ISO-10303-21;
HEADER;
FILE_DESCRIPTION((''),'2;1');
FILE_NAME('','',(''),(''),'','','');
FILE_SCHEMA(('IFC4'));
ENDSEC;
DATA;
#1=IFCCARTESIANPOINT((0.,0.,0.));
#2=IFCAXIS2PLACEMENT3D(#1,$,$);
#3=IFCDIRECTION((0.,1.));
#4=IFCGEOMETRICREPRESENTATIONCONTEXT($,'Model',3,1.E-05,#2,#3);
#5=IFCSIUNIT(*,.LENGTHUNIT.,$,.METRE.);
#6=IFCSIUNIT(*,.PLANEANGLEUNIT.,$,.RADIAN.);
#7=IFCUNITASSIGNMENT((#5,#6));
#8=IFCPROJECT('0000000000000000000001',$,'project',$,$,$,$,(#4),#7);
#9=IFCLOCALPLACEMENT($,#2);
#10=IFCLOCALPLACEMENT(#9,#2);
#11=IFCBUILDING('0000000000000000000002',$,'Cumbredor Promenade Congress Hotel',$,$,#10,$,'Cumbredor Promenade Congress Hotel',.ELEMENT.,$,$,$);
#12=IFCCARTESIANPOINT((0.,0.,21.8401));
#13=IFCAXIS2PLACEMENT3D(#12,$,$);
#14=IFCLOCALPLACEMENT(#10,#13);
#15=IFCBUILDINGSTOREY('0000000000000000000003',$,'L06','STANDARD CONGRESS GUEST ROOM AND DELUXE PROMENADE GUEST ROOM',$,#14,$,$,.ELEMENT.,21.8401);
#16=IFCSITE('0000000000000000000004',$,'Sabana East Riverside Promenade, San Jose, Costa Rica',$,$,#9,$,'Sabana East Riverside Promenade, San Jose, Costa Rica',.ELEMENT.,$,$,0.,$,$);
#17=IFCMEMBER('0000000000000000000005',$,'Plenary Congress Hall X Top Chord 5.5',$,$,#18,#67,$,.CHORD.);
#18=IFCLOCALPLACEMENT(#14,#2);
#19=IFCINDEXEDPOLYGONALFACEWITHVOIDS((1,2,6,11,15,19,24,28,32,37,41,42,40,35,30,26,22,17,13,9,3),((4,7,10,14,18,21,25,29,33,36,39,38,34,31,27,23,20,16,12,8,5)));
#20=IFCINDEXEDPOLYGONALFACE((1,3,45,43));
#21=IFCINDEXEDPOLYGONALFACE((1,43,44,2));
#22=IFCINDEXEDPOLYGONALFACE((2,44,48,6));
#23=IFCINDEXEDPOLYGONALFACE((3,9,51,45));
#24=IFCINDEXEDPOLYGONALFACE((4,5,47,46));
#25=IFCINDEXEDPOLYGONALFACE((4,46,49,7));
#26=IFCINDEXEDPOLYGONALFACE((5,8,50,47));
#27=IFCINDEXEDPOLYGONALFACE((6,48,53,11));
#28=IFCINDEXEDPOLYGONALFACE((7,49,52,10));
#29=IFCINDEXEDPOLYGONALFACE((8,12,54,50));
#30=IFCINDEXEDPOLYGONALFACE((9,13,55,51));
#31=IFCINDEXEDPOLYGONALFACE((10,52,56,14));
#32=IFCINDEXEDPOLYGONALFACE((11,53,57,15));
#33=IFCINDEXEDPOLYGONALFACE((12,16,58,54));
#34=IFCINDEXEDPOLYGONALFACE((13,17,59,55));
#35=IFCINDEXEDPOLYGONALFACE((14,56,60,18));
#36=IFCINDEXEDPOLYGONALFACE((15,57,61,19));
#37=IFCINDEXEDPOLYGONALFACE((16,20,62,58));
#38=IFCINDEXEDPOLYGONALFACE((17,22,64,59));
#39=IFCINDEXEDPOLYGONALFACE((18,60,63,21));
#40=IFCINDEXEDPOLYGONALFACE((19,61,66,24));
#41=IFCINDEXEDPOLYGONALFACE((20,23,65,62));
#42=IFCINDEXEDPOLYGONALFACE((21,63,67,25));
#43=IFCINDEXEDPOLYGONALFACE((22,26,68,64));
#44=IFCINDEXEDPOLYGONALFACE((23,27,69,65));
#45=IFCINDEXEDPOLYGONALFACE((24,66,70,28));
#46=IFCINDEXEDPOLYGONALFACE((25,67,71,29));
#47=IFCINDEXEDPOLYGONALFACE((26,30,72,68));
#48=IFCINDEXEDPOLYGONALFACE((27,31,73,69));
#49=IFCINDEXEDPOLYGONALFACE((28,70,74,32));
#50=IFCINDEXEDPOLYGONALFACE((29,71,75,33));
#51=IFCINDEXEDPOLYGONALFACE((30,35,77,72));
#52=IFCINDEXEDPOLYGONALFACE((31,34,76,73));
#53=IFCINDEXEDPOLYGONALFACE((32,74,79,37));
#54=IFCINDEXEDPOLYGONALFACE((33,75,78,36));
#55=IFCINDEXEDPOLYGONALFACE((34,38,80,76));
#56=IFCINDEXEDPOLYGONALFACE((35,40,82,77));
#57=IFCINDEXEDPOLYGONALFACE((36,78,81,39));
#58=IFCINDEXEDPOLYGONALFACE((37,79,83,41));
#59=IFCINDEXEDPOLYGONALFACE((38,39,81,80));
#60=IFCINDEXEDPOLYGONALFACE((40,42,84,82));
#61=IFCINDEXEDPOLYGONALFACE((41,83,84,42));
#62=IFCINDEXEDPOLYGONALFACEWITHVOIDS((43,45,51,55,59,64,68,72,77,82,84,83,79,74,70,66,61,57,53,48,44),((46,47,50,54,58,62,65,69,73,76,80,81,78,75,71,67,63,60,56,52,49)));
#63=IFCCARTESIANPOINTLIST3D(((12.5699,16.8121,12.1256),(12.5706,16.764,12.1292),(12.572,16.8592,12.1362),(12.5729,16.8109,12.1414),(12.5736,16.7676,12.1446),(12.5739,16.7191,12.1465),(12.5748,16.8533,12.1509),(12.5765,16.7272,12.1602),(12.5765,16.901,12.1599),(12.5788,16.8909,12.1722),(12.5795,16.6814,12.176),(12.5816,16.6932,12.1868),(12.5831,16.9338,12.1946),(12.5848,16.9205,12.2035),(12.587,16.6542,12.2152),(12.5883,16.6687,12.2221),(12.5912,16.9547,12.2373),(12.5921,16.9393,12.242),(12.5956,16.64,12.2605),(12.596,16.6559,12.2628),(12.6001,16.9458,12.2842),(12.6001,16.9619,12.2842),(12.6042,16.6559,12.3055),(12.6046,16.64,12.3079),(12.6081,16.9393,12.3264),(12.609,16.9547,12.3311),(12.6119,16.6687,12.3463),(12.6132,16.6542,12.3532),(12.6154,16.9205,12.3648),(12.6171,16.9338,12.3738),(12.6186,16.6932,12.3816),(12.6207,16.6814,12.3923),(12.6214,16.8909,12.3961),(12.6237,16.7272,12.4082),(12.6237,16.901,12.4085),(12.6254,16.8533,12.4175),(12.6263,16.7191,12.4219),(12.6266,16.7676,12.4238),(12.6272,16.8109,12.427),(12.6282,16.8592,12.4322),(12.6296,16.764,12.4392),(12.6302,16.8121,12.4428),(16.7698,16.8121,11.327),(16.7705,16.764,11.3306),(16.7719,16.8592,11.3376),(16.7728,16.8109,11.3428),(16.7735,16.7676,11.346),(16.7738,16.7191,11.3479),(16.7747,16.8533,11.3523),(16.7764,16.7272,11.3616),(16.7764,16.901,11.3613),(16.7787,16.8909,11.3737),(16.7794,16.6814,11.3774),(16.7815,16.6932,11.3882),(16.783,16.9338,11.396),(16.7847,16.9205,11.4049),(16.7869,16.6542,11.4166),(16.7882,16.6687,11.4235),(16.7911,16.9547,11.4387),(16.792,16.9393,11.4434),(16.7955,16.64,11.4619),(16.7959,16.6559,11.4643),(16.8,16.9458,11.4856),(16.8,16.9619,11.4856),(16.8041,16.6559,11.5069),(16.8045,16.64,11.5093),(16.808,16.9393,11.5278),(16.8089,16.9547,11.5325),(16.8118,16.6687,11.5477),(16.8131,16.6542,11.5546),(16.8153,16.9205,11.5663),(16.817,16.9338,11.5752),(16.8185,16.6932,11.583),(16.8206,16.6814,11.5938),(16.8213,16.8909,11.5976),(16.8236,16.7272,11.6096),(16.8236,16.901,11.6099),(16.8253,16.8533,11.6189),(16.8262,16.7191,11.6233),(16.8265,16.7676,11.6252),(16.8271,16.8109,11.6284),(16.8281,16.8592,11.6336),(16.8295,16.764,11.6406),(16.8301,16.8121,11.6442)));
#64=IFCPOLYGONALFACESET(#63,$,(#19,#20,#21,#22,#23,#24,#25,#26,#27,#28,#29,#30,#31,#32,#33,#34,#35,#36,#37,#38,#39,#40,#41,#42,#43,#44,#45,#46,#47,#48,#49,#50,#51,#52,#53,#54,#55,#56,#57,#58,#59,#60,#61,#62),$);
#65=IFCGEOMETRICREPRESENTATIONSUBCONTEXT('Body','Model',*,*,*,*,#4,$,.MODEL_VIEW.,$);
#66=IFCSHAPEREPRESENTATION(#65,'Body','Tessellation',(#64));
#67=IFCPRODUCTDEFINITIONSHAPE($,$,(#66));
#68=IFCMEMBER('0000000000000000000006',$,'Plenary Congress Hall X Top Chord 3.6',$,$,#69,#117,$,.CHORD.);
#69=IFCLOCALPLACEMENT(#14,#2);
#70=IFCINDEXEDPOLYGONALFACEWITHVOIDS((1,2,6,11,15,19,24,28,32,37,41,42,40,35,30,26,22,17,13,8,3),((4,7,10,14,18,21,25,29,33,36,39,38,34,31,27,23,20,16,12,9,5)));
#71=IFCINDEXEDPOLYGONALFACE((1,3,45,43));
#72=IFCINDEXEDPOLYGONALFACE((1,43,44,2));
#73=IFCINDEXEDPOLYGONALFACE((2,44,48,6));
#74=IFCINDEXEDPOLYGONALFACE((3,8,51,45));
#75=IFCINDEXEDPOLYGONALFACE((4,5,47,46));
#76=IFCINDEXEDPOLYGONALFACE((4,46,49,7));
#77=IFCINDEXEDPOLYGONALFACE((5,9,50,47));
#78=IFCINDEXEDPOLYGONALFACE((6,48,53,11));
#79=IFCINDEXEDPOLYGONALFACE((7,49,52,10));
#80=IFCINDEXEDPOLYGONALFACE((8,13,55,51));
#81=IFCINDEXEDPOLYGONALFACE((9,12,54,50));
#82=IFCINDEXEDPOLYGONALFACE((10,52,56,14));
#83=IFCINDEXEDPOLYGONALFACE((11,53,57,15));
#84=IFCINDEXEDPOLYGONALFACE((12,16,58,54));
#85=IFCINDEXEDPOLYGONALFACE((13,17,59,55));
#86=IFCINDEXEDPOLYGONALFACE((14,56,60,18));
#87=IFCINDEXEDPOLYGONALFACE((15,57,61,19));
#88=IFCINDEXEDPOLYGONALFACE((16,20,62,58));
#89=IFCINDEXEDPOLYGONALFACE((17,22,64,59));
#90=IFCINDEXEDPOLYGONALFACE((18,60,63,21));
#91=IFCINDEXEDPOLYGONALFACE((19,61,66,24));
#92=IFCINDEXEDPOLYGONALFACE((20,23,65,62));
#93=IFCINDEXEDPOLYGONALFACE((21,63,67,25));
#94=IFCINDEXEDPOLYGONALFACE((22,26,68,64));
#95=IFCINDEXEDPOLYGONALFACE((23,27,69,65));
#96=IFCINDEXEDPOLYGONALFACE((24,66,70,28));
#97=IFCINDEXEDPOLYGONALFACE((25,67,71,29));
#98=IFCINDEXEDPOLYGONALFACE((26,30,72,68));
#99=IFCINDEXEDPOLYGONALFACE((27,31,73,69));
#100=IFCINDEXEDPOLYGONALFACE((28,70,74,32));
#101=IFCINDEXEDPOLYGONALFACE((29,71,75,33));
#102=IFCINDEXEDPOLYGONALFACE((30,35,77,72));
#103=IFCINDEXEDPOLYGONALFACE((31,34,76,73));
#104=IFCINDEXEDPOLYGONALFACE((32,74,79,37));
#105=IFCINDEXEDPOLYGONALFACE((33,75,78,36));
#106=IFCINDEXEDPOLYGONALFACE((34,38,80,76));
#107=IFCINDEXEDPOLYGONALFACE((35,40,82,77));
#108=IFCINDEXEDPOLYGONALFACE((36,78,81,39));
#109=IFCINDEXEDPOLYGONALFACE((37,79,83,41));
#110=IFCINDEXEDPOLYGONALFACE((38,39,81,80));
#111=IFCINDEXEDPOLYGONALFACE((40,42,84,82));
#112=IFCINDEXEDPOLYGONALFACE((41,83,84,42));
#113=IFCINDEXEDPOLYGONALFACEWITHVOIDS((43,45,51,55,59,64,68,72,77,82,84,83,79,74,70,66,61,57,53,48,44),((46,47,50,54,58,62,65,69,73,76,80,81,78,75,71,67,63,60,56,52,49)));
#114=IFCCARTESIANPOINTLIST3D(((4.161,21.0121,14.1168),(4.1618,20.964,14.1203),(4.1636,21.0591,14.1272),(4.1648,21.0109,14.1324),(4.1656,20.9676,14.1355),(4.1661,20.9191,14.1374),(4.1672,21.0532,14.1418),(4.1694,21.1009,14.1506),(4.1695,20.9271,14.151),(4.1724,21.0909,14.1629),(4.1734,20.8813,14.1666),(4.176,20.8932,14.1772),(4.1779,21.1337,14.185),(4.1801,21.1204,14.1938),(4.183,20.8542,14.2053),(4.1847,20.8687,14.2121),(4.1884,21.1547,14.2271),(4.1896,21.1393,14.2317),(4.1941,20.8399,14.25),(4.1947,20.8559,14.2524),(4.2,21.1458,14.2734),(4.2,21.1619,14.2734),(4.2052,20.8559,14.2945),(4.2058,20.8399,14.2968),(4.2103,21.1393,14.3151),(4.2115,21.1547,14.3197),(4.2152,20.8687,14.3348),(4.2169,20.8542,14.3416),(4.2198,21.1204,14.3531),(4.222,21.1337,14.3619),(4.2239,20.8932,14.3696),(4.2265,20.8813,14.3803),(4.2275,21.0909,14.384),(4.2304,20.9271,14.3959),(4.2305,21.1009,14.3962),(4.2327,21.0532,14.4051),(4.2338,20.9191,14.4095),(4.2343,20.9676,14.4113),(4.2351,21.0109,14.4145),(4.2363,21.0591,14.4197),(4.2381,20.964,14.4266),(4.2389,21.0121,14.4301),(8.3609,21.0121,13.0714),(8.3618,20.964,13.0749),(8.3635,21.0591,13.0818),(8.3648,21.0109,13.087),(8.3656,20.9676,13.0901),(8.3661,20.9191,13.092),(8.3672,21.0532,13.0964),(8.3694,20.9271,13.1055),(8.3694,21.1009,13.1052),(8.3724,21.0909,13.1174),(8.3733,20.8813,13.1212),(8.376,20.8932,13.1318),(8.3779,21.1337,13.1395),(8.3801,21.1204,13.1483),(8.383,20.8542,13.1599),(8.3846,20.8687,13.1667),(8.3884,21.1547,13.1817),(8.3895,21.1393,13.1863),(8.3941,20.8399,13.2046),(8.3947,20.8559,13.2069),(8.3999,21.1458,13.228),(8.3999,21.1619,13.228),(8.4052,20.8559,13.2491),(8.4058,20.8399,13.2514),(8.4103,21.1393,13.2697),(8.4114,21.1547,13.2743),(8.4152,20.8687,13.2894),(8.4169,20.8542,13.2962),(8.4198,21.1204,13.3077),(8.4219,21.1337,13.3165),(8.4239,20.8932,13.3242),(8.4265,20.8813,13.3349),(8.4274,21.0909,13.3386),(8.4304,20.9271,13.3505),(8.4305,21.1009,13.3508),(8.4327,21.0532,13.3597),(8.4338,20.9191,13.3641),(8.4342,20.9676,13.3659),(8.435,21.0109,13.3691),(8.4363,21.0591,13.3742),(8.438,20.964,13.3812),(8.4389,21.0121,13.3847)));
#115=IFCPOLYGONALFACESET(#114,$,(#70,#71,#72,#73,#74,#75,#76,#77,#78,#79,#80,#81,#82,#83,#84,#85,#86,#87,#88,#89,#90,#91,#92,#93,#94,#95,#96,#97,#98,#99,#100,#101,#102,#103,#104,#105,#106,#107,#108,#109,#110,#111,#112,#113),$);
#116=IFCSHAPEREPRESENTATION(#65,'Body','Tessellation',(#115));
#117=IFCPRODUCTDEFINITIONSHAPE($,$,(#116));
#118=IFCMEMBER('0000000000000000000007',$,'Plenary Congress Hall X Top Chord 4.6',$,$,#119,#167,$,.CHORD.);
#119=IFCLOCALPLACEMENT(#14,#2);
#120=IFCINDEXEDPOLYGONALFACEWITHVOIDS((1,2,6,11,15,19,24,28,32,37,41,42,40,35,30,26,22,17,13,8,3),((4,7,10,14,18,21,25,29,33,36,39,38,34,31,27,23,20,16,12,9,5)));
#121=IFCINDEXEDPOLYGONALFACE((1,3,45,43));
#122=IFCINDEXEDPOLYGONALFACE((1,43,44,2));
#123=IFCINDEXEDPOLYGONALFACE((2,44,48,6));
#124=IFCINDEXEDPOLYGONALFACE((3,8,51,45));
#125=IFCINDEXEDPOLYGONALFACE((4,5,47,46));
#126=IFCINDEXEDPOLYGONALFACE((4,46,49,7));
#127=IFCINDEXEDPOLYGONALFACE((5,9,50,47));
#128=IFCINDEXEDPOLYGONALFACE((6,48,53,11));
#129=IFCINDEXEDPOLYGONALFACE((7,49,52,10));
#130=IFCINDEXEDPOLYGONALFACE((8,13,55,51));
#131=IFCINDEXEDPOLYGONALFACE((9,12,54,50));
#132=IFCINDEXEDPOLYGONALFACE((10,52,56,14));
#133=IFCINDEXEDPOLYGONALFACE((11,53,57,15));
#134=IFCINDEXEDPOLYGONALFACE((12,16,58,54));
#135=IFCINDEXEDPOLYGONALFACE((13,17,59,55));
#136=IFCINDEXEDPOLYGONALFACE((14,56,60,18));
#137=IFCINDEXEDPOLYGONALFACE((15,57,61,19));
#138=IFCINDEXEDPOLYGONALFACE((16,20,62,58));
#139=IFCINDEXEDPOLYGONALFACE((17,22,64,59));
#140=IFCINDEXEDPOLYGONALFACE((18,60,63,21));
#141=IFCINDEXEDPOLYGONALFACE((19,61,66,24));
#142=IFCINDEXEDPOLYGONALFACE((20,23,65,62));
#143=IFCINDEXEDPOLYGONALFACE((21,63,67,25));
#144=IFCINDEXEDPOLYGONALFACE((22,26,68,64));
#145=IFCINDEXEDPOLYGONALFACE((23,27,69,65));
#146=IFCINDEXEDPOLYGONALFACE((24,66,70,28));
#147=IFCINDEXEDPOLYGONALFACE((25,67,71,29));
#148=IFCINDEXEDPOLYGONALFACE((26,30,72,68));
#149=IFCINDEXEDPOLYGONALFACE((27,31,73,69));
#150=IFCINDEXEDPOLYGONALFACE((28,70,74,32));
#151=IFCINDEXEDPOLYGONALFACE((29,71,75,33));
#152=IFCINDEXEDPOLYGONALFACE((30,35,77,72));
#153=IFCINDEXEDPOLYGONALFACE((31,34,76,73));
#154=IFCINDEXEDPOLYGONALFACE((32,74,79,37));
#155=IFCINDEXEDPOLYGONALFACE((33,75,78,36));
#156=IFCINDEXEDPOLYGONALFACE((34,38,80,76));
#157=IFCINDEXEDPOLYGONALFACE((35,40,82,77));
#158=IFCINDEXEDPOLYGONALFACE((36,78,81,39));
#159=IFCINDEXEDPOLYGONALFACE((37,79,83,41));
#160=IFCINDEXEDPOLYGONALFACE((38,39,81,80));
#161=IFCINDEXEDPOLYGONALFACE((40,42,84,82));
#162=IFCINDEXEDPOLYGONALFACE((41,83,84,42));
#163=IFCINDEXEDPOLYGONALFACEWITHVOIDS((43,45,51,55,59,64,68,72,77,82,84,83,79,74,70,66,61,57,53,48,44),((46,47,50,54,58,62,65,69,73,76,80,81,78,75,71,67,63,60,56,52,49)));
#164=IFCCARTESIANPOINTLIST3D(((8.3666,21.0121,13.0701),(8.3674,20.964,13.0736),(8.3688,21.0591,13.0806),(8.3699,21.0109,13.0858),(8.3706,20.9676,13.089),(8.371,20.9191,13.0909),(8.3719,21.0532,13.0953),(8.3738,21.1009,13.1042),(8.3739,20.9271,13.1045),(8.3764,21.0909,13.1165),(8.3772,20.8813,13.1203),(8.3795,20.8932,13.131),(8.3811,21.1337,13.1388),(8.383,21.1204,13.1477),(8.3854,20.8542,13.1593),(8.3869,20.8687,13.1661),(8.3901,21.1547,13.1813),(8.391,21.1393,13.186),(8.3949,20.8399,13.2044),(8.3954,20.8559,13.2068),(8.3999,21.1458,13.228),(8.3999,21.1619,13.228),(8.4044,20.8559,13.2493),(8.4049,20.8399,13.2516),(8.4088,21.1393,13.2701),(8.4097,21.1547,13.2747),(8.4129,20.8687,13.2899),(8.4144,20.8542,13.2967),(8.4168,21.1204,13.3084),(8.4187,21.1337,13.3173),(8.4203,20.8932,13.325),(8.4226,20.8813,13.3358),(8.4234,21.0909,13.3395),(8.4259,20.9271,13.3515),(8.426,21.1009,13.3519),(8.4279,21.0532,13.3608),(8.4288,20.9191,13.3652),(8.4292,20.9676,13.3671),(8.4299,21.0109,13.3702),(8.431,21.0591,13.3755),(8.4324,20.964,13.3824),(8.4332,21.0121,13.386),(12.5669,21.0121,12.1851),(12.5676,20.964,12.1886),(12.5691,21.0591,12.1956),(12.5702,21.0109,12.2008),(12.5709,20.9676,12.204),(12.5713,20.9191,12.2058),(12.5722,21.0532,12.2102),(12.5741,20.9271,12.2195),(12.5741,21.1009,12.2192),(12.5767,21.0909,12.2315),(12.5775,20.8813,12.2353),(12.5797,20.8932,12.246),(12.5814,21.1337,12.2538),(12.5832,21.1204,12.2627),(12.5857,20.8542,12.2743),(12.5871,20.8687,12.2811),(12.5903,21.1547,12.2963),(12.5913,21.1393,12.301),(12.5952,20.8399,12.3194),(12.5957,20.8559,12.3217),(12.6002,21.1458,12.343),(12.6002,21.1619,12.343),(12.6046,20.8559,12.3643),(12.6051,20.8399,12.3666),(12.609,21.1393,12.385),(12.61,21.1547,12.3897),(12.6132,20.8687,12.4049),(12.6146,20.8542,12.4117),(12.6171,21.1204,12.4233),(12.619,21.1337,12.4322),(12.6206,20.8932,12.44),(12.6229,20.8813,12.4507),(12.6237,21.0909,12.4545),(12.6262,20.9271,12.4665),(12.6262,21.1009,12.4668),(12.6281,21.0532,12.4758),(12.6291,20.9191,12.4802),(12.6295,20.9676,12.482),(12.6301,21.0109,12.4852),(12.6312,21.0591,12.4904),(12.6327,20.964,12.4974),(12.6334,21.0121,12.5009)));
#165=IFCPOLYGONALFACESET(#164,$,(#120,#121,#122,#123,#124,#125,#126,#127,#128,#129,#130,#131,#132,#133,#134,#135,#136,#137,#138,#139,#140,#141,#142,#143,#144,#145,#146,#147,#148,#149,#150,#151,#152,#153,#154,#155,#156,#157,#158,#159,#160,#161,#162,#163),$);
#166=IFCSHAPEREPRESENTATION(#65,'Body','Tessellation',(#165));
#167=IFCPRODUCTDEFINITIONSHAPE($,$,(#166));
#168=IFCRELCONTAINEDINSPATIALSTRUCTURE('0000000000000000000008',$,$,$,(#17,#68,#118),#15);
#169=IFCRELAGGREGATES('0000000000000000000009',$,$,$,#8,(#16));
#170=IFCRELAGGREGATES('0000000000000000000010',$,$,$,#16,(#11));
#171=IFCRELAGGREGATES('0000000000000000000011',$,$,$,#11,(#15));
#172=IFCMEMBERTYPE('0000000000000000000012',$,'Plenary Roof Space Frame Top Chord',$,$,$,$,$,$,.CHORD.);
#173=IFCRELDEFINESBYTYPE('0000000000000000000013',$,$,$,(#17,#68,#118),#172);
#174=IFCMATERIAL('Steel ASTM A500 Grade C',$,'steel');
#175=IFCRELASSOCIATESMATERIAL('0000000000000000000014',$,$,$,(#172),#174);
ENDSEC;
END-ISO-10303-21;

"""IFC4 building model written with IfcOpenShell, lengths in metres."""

from ifc_helpers import new_model, si_unit, direction, frame, origin, origin_2d, place, context, subcontext, project, spatial, hollow_circle, extrude, material, material_profile, profile_set, type_object, element, save


model = new_model("IFC4")

# Units and contexts
model_context = context("Model", 3, precision=1e-05, world=origin(), true_north=direction((0.0, 1.0)))
body_context = subcontext(model_context, "Body", "Model", "MODEL_VIEW")
ifc_project = project(units=[si_unit("LENGTHUNIT", "METRE"), si_unit("PLANEANGLEUNIT", "RADIAN")], contexts=[model_context])

# Site, building, storey
site_placement = place(None, origin())
site = spatial("IfcSite", under=ifc_project, at=site_placement, Name="Sabana East Riverside Promenade, San Jose, Costa Rica", LongName="Sabana East Riverside Promenade, San Jose, Costa Rica", CompositionType="ELEMENT", RefElevation=0.0)
building_placement = place(site_placement, origin())
building = spatial("IfcBuilding", under=site, at=building_placement, Name="Cumbredor Promenade Congress Hotel", LongName="Cumbredor Promenade Congress Hotel", CompositionType="ELEMENT")
storey_placement = place(building_placement, frame((0.0, 0.0, 21.8401)))
storey = spatial("IfcBuildingStorey", under=building, at=storey_placement, Name="L06", Description="STANDARD CONGRESS GUEST ROOM AND DELUXE PROMENADE GUEST ROOM", CompositionType="ELEMENT", Elevation=21.8401)

# Members
ifc_material_1 = material(Name="Steel ASTM A500 Grade C", Category="steel")
ifc_material_profile_1 = material_profile(ifc_material_1, hollow_circle(Radius=0.1619, WallThickness=0.0161, at=origin_2d()), Name="CHS 323.9x16")
ifc_profile_set_1 = profile_set([ifc_material_profile_1], Name="Steel ASTM A500 Grade C")
member_type_1 = type_object("IfcMemberType", Name="Plenary Roof Space Frame Top Chord", PredefinedType="CHORD", material=ifc_profile_set_1)
member_1_placement = place(storey_placement, frame((12.6001, 16.8, 12.2842), z_axis=(0.982399, 0.0, -0.186795), x_axis=(0.0, 1.0, 0.0)))
element("IfcMember", 1, at=member_1_placement, inside=storey, type_object=member_type_1, Name="Plenary Congress Hall X Top Chord 5.5", PredefinedType="CHORD", context=body_context, shape_type="SweptSolid", body=[
    extrude(hollow_circle(Radius=0.1619, WallThickness=0.0161, at=origin_2d()), origin(), (0.0, 0.0, 1.0), 4.2751),
])
member_2_placement = place(storey_placement, frame((4.2, 21.0, 14.2734), z_axis=(0.970391, 0.0, -0.24154), x_axis=(0.0, 1.0, 0.0)))
element("IfcMember", 2, at=member_2_placement, inside=storey, type_object=member_type_1, Name="Plenary Congress Hall X Top Chord 3.6", PredefinedType="CHORD", context=body_context, shape_type="SweptSolid", body=[
    extrude(hollow_circle(Radius=0.1619, WallThickness=0.0161, at=origin_2d()), origin(), (0.0, 0.0, 1.0), 4.3281),
])
member_3_placement = place(storey_placement, frame((8.3999, 21.0, 13.228), z_axis=(0.978514, 0.0, -0.20618), x_axis=(0.0, 1.0, 0.0)))
element("IfcMember", 3, at=member_3_placement, inside=storey, type_object=member_type_1, Name="Plenary Congress Hall X Top Chord 4.6", PredefinedType="CHORD", context=body_context, shape_type="SweptSolid", body=[
    extrude(hollow_circle(Radius=0.1619, WallThickness=0.0161, at=origin_2d()), origin(), (0.0, 0.0, 1.0), 4.2925),
])

save(model, "model.ifc")
